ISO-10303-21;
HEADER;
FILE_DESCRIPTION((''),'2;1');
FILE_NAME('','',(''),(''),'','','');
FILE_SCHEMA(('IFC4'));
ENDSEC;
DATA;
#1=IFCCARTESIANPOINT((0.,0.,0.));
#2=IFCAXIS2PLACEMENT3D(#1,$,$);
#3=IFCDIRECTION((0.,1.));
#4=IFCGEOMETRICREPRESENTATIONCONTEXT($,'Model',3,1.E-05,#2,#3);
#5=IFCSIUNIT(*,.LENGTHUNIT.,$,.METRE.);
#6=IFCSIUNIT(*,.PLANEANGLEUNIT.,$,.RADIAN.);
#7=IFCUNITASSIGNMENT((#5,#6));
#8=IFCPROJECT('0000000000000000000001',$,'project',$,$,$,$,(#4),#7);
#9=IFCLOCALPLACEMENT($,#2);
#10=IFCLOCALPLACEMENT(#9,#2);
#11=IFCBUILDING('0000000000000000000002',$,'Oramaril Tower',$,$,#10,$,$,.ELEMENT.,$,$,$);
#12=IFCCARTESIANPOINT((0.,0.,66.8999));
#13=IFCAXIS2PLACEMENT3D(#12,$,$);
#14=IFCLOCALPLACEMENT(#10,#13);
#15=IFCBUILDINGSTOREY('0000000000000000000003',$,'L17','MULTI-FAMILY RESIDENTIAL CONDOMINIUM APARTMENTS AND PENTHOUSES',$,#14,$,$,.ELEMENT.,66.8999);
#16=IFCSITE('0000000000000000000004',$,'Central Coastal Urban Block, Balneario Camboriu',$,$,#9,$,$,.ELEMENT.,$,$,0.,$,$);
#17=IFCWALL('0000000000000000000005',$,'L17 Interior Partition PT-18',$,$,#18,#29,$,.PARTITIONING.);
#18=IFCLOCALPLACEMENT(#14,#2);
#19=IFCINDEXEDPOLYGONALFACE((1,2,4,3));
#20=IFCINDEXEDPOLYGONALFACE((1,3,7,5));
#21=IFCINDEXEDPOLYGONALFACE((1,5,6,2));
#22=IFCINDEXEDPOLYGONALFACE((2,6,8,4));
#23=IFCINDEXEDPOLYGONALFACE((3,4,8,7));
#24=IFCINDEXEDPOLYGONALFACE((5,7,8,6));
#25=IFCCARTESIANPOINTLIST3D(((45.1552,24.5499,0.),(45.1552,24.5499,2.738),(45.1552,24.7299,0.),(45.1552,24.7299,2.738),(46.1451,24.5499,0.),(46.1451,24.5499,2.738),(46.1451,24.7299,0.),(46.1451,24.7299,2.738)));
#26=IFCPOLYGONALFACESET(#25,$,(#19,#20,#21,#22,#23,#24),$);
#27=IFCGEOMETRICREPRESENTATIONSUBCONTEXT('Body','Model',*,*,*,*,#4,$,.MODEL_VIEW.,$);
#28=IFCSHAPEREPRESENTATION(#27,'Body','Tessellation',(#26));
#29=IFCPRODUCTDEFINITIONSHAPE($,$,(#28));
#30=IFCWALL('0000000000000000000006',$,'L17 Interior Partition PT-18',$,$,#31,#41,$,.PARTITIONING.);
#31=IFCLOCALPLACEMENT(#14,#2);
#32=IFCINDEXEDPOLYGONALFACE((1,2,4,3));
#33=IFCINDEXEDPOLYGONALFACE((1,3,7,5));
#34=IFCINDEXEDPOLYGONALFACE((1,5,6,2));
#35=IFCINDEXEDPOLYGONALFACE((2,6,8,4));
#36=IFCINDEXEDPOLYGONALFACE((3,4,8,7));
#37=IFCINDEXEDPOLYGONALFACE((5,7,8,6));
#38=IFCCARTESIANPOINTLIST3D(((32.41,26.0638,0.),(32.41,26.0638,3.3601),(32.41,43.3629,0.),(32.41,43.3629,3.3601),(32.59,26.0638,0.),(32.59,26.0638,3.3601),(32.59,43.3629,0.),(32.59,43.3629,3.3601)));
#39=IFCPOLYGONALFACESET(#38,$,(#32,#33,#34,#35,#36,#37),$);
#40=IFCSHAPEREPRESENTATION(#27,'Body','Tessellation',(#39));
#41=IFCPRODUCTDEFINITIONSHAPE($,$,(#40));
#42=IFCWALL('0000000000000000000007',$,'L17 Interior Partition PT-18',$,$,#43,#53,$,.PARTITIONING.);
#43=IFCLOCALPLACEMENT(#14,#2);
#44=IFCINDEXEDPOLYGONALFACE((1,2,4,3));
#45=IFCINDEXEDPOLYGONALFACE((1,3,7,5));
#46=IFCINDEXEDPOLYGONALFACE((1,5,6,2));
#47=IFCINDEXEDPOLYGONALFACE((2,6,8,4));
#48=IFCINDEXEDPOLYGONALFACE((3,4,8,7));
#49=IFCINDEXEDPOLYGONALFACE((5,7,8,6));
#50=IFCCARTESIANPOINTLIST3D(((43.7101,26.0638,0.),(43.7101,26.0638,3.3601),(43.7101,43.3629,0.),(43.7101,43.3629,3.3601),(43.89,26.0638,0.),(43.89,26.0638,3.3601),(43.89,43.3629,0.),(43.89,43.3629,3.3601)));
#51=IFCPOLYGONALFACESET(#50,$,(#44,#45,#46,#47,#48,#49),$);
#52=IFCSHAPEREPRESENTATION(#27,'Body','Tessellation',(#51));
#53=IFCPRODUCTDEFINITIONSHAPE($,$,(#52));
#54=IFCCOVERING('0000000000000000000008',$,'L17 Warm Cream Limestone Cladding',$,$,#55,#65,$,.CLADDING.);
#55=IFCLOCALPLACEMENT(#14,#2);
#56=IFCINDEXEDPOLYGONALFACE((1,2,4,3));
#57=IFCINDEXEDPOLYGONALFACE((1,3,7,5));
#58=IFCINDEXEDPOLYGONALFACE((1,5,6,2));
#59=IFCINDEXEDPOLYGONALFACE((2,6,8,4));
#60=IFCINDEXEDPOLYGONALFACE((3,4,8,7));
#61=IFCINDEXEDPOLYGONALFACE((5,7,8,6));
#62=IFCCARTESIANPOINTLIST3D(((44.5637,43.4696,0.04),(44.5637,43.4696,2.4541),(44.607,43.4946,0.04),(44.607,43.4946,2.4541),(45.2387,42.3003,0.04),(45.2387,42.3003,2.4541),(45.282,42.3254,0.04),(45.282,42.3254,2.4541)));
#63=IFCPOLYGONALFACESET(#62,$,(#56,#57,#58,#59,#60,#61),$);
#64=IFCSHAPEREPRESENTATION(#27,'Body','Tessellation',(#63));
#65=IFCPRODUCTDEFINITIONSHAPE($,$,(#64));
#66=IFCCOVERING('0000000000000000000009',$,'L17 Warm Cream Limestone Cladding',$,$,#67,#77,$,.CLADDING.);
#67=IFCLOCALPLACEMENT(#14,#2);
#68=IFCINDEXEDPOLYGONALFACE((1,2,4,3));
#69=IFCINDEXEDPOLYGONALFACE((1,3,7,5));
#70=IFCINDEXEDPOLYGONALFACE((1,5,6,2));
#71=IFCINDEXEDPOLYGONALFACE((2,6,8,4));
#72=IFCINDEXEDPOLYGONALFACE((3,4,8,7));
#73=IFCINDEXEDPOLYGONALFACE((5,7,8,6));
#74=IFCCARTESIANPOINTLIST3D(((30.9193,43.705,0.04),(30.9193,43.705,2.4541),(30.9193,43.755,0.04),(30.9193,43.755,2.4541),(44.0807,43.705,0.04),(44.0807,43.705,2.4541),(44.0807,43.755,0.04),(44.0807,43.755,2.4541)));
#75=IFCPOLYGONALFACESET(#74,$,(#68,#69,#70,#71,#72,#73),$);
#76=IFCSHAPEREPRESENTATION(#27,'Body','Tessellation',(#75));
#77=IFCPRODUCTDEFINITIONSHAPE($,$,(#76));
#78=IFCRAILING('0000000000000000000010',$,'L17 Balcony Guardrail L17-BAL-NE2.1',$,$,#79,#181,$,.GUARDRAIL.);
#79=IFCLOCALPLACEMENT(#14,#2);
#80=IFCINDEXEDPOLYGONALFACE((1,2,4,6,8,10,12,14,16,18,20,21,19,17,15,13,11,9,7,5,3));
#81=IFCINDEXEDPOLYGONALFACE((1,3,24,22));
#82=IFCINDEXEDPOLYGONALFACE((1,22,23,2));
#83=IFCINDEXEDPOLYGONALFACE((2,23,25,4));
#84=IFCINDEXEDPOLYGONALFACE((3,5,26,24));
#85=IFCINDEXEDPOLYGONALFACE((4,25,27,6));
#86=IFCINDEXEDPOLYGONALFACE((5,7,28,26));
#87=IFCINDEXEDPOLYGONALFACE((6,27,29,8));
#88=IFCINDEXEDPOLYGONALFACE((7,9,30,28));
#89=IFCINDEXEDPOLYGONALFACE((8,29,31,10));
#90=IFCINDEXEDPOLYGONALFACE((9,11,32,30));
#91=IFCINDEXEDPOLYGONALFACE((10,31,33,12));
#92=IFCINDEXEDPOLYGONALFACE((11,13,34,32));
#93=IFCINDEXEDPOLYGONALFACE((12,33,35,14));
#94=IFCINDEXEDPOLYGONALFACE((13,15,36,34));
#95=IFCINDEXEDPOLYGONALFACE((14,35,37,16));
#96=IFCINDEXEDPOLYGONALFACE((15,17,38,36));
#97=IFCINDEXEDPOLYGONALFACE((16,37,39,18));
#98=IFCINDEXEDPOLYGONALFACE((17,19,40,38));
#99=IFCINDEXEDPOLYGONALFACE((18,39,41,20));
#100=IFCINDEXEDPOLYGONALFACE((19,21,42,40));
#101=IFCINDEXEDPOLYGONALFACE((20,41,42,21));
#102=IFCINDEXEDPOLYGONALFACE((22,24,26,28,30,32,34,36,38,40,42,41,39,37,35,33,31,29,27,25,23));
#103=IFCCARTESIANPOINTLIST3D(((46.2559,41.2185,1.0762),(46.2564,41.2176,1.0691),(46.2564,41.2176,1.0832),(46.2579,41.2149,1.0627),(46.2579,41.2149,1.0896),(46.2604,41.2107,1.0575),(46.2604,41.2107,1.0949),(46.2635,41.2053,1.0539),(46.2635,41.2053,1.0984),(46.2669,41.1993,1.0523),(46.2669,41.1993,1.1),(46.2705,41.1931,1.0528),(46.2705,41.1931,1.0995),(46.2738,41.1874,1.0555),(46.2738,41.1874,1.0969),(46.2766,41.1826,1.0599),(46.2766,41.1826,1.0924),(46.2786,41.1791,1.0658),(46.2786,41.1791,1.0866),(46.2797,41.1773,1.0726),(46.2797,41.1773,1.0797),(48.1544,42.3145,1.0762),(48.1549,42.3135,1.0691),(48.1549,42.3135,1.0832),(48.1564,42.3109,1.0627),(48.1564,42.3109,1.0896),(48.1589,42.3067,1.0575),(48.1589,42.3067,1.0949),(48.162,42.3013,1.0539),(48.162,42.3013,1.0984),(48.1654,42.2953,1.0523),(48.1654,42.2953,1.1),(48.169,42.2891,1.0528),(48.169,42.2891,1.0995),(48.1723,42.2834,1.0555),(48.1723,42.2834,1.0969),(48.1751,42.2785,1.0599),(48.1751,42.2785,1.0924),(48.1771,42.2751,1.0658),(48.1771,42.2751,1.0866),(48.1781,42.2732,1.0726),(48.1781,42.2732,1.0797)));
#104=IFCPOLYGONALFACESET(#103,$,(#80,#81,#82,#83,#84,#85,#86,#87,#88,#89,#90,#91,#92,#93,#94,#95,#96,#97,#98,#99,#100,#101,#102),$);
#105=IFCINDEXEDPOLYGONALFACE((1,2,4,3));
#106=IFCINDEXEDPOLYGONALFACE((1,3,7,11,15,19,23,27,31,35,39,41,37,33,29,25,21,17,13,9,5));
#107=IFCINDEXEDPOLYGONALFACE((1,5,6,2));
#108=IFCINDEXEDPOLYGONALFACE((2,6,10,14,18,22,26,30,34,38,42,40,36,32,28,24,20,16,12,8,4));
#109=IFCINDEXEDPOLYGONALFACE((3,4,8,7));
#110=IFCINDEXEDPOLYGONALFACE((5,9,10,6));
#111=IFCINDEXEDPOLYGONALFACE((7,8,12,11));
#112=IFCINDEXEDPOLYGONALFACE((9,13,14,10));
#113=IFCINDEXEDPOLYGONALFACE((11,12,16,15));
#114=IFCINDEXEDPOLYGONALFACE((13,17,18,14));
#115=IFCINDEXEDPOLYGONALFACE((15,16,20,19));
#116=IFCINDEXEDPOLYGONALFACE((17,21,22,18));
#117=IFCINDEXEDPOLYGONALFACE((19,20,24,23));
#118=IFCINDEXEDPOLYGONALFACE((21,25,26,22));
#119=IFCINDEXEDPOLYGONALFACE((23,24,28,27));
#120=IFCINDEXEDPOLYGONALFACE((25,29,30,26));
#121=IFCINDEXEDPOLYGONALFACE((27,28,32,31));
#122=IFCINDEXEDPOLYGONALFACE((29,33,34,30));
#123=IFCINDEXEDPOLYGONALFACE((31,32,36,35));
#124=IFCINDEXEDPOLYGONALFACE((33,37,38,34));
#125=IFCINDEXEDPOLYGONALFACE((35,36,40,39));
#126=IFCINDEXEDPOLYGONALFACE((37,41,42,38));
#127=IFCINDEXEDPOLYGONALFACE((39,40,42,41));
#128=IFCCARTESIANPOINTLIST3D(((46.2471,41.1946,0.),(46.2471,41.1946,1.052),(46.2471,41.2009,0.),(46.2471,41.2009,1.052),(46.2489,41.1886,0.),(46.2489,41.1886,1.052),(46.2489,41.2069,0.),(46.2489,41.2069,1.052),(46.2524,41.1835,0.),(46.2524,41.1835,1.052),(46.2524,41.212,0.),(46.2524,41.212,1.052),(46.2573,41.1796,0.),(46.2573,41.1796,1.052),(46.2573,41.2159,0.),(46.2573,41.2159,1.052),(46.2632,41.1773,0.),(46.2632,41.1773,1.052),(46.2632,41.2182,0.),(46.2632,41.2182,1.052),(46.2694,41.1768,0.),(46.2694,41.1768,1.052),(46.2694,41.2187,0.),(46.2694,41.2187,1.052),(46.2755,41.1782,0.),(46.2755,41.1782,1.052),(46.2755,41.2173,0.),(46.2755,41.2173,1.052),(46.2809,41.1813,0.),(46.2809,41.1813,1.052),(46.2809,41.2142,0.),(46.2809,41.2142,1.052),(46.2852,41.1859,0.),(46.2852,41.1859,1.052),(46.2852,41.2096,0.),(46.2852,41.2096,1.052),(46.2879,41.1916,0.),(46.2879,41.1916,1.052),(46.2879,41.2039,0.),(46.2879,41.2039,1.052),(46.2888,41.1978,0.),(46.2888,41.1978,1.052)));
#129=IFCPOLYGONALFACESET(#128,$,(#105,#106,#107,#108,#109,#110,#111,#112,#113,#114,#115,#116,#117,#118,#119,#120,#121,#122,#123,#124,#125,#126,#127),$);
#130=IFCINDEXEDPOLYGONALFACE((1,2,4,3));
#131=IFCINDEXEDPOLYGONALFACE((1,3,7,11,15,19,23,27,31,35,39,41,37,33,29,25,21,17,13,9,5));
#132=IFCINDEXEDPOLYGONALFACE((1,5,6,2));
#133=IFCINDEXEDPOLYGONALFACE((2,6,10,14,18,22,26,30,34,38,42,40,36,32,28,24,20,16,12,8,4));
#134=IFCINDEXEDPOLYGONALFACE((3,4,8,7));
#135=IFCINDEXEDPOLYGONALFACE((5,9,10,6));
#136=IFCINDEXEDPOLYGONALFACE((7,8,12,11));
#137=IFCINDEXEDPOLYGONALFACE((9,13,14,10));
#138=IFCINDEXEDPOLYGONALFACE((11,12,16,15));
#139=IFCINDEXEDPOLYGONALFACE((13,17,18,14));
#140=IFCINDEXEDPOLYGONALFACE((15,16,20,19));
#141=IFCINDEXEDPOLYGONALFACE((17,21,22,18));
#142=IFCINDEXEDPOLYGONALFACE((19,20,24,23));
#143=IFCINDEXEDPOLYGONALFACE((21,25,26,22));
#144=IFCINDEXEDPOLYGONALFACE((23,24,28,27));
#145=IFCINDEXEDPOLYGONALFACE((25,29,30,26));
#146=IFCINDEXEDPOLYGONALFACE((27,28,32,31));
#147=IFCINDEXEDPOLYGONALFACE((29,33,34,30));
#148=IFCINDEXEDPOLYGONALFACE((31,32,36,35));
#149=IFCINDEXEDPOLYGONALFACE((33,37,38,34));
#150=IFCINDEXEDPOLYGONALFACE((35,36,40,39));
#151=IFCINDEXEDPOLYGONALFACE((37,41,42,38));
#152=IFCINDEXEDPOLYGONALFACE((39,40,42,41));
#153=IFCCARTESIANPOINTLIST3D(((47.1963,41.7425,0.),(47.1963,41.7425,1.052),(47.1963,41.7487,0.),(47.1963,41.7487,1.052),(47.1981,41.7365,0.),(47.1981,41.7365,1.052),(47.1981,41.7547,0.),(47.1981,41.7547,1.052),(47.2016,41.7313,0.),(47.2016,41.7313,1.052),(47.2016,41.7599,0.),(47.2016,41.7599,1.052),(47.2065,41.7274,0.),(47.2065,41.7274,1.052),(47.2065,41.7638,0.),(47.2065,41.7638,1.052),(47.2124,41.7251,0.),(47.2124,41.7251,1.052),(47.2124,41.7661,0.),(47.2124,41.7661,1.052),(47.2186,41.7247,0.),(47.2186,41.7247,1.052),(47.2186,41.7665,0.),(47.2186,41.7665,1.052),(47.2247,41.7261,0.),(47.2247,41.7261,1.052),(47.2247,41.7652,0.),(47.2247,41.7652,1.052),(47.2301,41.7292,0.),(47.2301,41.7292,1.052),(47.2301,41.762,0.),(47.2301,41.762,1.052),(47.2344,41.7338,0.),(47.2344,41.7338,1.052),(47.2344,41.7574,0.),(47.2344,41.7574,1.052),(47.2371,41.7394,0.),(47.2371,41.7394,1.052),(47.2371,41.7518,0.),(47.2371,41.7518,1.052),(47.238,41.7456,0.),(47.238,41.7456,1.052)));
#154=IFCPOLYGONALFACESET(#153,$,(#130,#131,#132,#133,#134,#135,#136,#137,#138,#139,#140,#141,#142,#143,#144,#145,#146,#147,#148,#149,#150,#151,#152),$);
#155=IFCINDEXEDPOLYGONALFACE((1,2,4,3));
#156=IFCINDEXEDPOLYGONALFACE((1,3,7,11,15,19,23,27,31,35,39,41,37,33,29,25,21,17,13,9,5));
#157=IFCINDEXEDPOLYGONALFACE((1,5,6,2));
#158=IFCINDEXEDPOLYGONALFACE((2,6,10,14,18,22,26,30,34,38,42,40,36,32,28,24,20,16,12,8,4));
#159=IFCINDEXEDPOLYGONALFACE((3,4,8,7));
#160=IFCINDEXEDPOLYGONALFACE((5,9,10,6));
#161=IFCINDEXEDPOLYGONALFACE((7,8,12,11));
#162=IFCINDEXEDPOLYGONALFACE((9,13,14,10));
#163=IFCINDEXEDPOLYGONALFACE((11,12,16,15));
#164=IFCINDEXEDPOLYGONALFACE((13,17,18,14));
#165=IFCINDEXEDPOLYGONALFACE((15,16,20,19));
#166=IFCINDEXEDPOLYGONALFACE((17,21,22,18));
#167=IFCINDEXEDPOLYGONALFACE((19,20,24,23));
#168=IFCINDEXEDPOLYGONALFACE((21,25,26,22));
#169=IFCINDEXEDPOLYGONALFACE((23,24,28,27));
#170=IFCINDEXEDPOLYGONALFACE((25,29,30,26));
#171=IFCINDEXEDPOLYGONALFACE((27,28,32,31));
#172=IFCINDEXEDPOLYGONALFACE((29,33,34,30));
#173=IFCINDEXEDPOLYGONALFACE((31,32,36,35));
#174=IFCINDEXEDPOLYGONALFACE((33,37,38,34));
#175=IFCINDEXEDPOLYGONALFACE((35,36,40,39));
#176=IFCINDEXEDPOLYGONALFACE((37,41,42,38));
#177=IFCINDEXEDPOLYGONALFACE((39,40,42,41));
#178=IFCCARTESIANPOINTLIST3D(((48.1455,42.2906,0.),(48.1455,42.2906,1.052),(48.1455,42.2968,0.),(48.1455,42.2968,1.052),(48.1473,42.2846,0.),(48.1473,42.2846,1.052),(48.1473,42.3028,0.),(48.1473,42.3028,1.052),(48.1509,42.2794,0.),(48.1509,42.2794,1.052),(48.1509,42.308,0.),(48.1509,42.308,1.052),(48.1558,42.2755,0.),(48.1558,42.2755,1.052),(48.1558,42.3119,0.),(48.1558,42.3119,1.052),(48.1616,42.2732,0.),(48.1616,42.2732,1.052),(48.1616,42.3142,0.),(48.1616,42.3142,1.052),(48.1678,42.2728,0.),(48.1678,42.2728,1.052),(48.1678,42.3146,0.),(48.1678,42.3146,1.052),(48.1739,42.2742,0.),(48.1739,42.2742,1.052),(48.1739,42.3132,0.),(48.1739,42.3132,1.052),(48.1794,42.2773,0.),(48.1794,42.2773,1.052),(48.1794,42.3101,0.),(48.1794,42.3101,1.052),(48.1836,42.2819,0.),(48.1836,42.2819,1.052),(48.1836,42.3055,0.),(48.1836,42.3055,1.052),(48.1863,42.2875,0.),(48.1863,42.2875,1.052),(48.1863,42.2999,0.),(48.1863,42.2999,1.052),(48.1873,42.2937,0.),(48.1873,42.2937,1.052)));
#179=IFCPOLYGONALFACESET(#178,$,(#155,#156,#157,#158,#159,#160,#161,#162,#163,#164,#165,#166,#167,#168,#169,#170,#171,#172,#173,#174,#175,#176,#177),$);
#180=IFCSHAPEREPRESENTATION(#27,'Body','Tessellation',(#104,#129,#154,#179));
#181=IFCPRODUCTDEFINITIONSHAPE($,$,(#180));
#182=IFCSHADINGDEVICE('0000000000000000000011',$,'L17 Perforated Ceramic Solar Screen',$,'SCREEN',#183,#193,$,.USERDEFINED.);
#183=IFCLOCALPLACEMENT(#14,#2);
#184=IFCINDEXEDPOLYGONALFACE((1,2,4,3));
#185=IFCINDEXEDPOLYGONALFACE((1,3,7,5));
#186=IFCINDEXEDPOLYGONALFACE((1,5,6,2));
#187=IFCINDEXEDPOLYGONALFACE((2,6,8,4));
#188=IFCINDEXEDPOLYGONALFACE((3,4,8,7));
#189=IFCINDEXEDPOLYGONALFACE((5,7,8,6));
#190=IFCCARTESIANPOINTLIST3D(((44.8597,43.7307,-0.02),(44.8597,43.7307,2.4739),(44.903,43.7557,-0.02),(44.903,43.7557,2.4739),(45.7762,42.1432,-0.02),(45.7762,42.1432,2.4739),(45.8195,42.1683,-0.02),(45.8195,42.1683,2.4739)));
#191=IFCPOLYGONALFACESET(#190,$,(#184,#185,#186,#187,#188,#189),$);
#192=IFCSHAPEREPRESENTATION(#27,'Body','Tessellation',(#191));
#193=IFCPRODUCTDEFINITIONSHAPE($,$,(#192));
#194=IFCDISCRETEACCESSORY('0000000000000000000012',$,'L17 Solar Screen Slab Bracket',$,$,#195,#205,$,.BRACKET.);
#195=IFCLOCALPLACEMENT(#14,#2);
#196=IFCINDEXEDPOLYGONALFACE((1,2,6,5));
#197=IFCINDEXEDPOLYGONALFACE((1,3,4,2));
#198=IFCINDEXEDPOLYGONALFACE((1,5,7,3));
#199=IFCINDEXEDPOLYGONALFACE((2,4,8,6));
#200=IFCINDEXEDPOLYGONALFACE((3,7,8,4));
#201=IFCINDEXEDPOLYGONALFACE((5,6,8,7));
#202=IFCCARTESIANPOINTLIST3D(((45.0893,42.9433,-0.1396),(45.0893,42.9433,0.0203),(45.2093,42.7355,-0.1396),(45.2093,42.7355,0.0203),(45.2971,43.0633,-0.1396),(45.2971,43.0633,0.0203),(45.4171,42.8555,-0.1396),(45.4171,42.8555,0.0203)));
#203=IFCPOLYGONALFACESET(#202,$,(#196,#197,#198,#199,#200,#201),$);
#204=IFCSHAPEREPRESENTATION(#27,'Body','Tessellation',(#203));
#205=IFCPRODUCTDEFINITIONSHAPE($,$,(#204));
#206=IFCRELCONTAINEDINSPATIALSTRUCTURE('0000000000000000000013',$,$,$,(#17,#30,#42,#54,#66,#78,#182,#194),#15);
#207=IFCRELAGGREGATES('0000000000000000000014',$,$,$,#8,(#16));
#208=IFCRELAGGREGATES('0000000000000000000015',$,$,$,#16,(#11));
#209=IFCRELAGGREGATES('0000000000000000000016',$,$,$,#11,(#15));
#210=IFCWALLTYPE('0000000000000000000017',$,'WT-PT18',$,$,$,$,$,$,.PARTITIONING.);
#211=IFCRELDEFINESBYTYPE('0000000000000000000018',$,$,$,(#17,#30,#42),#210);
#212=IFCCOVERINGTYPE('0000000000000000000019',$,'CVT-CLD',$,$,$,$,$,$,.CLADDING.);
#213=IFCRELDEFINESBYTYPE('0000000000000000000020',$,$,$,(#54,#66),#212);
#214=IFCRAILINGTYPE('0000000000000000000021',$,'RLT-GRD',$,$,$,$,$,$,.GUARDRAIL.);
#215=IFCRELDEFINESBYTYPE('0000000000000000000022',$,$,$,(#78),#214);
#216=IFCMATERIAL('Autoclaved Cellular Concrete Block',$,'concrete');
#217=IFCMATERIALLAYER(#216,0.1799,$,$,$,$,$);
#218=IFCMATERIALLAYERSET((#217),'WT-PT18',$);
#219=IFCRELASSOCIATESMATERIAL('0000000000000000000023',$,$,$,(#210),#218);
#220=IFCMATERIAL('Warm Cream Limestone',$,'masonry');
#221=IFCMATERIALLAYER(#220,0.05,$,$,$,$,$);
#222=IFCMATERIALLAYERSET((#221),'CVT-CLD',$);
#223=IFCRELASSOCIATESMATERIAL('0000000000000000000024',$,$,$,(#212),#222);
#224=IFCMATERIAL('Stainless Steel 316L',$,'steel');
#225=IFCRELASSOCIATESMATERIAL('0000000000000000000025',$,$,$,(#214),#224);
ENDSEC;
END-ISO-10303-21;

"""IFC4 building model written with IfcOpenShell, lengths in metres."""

from ifc_helpers import new_model, si_unit, direction, frame, frame_2d, origin, origin_2d, place, context, subcontext, project, spatial, rectangle, circle, extrude, material, layer, layer_set, type_object, element, save


model = new_model("IFC4")

# Units and contexts
model_context = context("Model", 3, precision=1e-05, world=origin(), true_north=direction((0.0, 1.0)))
body_context = subcontext(model_context, "Body", "Model", "MODEL_VIEW")
ifc_project = project(units=[si_unit("LENGTHUNIT", "METRE"), si_unit("PLANEANGLEUNIT", "RADIAN")], contexts=[model_context])

# Site, building, storey
site_placement = place(None, origin())
site = spatial("IfcSite", under=ifc_project, at=site_placement, Name="Central Coastal Urban Block, Balneario Camboriu", CompositionType="ELEMENT", RefElevation=0.0)
building_placement = place(site_placement, origin())
building = spatial("IfcBuilding", under=site, at=building_placement, Name="Oramaril Tower", CompositionType="ELEMENT")
storey_placement = place(building_placement, frame((0.0, 0.0, 66.8999)))
storey = spatial("IfcBuildingStorey", under=building, at=storey_placement, Name="L17", Description="MULTI-FAMILY RESIDENTIAL CONDOMINIUM APARTMENTS AND PENTHOUSES", CompositionType="ELEMENT", Elevation=66.8999)

# Walls
ifc_material_1 = material(Name="Autoclaved Cellular Concrete Block", Category="concrete")
ifc_layer_1 = layer(ifc_material_1, 0.1799)
ifc_layer_set_1 = layer_set([ifc_layer_1], Name="WT-PT18")
wall_type_1 = type_object("IfcWallType", Name="WT-PT18", PredefinedType="PARTITIONING", material=ifc_layer_set_1)
wall_1_placement = place(storey_placement, frame((45.155, 24.6399, 0.0), z_axis=(0.0, 0.0, 1.0), x_axis=(1.0, 0.0, 0.0)))
element("IfcWall", 1, at=wall_1_placement, inside=storey, type_object=wall_type_1, Name="L17 Interior Partition PT-18", PredefinedType="PARTITIONING", context=body_context, shape_type="SweptSolid", body=[
    extrude(rectangle(XDim=0.99, YDim=0.1799, at=frame_2d((0.4951, 0.0))), origin(), (0.0, 0.0, 1.0), 2.738),
])
for number, where, z_axis, x_axis, name in (
    (2, (32.5, 26.064, 0.0), (0.0, 0.0, 1.0), (0.0, 1.0, 0.0), "L17 Interior Partition PT-18"),
    (3, (43.8, 26.064, 0.0), (0.0, 0.0, 1.0), (0.0, 1.0, 0.0), "L17 Interior Partition PT-18"),
):
    element("IfcWall", number, at=place(storey_placement, frame(where, z_axis=z_axis, x_axis=x_axis)), inside=storey, type_object=wall_type_1, Name=name, PredefinedType="PARTITIONING", context=body_context, shape_type="SweptSolid", body=[
        extrude(rectangle(XDim=17.2991, YDim=0.1799, at=frame_2d((8.6494, 0.0))), origin(), (0.0, 0.0, 1.0), 3.3601),
    ])

# Coverings
ifc_material_2 = material(Name="Warm Cream Limestone", Category="masonry")
ifc_layer_2 = layer(ifc_material_2, 0.05)
ifc_layer_set_2 = layer_set([ifc_layer_2], Name="CVT-CLD")
covering_type = type_object("IfcCoveringType", Name="CVT-CLD", PredefinedType="CLADDING", material=ifc_layer_set_2)
covering_1_placement = place(storey_placement, frame((44.9229, 42.8975, 0.04), z_axis=(0.0, 0.0, 1.0), x_axis=(-0.5, 0.866025, 0.0)))
element("IfcCovering", 4, at=covering_1_placement, inside=storey, type_object=covering_type, Name="L17 Warm Cream Limestone Cladding", PredefinedType="CLADDING", context=body_context, shape_type="SweptSolid", body=[
    extrude(rectangle(XDim=1.3501, YDim=0.05, at=origin_2d()), origin(), (0.0, 0.0, 1.0), 2.4141),
])
covering_2_placement = place(storey_placement, frame((37.5, 43.73, 0.04), z_axis=(0.0, 0.0, 1.0), x_axis=(-1.0, 0.0, 0.0)))
element("IfcCovering", 5, at=covering_2_placement, inside=storey, type_object=covering_type, Name="L17 Warm Cream Limestone Cladding", PredefinedType="CLADDING", context=body_context, shape_type="SweptSolid", body=[
    extrude(rectangle(XDim=13.1614, YDim=0.05, at=origin_2d()), origin(), (0.0, 0.0, 1.0), 2.4141),
])

# Railing
ifc_material_3 = material(Name="Stainless Steel 316L", Category="steel")
railing_type = type_object("IfcRailingType", Name="RLT-GRD", PredefinedType="GUARDRAIL", material=ifc_material_3)
railing_placement = place(storey_placement, frame((46.2678, 41.1978, 0.0)))
element("IfcRailing", 6, at=railing_placement, inside=storey, type_object=railing_type, Name="L17 Balcony Guardrail L17-BAL-NE2.1", PredefinedType="GUARDRAIL", context=body_context, shape_type="SweptSolid", body=[
    extrude(circle(Radius=0.0239, at=origin_2d()), frame((0.0, 0.0, 1.0762), z_axis=(0.866048, 0.49996, 0.0), x_axis=(-0.49996, 0.866048, 0.0)), (0.0, 0.0, 1.0), 2.1921),
    extrude(circle(Radius=0.021, at=origin_2d()), origin(), (0.0, 0.0, 1.0), 1.052),
    extrude(circle(Radius=0.021, at=origin_2d()), frame((0.9492, 0.5479, 0.0)), (0.0, 0.0, 1.0), 1.052),
    extrude(circle(Radius=0.021, at=origin_2d()), frame((1.8984, 1.0959, 0.0)), (0.0, 0.0, 1.0), 1.052),
])

# Shading device
shading_device_placement = place(storey_placement, frame((45.3396, 42.9495, -0.02), z_axis=(0.0, 0.0, 1.0), x_axis=(-0.5, 0.866025, 0.0)))
element("IfcShadingDevice", 7, at=shading_device_placement, inside=storey, Name="L17 Perforated Ceramic Solar Screen", ObjectType="SCREEN", PredefinedType="USERDEFINED", context=body_context, shape_type="SweptSolid", body=[
    extrude(rectangle(XDim=1.833, YDim=0.05, at=origin_2d()), origin(), (0.0, 0.0, 1.0), 2.4939),
])

# Discrete accessory
discrete_accessory_placement = place(storey_placement, frame((45.2532, 42.8994, -0.1396), z_axis=(0.0, 0.0, 1.0), x_axis=(-0.5, 0.866025, 0.0)))
element("IfcDiscreteAccessory", 8, at=discrete_accessory_placement, inside=storey, Name="L17 Solar Screen Slab Bracket", PredefinedType="BRACKET", context=body_context, shape_type="SweptSolid", body=[
    extrude(rectangle(XDim=0.24, YDim=0.24, at=origin_2d()), origin(), (0.0, 0.0, 1.0), 0.1599),
])

save(model, "model.ifc")
